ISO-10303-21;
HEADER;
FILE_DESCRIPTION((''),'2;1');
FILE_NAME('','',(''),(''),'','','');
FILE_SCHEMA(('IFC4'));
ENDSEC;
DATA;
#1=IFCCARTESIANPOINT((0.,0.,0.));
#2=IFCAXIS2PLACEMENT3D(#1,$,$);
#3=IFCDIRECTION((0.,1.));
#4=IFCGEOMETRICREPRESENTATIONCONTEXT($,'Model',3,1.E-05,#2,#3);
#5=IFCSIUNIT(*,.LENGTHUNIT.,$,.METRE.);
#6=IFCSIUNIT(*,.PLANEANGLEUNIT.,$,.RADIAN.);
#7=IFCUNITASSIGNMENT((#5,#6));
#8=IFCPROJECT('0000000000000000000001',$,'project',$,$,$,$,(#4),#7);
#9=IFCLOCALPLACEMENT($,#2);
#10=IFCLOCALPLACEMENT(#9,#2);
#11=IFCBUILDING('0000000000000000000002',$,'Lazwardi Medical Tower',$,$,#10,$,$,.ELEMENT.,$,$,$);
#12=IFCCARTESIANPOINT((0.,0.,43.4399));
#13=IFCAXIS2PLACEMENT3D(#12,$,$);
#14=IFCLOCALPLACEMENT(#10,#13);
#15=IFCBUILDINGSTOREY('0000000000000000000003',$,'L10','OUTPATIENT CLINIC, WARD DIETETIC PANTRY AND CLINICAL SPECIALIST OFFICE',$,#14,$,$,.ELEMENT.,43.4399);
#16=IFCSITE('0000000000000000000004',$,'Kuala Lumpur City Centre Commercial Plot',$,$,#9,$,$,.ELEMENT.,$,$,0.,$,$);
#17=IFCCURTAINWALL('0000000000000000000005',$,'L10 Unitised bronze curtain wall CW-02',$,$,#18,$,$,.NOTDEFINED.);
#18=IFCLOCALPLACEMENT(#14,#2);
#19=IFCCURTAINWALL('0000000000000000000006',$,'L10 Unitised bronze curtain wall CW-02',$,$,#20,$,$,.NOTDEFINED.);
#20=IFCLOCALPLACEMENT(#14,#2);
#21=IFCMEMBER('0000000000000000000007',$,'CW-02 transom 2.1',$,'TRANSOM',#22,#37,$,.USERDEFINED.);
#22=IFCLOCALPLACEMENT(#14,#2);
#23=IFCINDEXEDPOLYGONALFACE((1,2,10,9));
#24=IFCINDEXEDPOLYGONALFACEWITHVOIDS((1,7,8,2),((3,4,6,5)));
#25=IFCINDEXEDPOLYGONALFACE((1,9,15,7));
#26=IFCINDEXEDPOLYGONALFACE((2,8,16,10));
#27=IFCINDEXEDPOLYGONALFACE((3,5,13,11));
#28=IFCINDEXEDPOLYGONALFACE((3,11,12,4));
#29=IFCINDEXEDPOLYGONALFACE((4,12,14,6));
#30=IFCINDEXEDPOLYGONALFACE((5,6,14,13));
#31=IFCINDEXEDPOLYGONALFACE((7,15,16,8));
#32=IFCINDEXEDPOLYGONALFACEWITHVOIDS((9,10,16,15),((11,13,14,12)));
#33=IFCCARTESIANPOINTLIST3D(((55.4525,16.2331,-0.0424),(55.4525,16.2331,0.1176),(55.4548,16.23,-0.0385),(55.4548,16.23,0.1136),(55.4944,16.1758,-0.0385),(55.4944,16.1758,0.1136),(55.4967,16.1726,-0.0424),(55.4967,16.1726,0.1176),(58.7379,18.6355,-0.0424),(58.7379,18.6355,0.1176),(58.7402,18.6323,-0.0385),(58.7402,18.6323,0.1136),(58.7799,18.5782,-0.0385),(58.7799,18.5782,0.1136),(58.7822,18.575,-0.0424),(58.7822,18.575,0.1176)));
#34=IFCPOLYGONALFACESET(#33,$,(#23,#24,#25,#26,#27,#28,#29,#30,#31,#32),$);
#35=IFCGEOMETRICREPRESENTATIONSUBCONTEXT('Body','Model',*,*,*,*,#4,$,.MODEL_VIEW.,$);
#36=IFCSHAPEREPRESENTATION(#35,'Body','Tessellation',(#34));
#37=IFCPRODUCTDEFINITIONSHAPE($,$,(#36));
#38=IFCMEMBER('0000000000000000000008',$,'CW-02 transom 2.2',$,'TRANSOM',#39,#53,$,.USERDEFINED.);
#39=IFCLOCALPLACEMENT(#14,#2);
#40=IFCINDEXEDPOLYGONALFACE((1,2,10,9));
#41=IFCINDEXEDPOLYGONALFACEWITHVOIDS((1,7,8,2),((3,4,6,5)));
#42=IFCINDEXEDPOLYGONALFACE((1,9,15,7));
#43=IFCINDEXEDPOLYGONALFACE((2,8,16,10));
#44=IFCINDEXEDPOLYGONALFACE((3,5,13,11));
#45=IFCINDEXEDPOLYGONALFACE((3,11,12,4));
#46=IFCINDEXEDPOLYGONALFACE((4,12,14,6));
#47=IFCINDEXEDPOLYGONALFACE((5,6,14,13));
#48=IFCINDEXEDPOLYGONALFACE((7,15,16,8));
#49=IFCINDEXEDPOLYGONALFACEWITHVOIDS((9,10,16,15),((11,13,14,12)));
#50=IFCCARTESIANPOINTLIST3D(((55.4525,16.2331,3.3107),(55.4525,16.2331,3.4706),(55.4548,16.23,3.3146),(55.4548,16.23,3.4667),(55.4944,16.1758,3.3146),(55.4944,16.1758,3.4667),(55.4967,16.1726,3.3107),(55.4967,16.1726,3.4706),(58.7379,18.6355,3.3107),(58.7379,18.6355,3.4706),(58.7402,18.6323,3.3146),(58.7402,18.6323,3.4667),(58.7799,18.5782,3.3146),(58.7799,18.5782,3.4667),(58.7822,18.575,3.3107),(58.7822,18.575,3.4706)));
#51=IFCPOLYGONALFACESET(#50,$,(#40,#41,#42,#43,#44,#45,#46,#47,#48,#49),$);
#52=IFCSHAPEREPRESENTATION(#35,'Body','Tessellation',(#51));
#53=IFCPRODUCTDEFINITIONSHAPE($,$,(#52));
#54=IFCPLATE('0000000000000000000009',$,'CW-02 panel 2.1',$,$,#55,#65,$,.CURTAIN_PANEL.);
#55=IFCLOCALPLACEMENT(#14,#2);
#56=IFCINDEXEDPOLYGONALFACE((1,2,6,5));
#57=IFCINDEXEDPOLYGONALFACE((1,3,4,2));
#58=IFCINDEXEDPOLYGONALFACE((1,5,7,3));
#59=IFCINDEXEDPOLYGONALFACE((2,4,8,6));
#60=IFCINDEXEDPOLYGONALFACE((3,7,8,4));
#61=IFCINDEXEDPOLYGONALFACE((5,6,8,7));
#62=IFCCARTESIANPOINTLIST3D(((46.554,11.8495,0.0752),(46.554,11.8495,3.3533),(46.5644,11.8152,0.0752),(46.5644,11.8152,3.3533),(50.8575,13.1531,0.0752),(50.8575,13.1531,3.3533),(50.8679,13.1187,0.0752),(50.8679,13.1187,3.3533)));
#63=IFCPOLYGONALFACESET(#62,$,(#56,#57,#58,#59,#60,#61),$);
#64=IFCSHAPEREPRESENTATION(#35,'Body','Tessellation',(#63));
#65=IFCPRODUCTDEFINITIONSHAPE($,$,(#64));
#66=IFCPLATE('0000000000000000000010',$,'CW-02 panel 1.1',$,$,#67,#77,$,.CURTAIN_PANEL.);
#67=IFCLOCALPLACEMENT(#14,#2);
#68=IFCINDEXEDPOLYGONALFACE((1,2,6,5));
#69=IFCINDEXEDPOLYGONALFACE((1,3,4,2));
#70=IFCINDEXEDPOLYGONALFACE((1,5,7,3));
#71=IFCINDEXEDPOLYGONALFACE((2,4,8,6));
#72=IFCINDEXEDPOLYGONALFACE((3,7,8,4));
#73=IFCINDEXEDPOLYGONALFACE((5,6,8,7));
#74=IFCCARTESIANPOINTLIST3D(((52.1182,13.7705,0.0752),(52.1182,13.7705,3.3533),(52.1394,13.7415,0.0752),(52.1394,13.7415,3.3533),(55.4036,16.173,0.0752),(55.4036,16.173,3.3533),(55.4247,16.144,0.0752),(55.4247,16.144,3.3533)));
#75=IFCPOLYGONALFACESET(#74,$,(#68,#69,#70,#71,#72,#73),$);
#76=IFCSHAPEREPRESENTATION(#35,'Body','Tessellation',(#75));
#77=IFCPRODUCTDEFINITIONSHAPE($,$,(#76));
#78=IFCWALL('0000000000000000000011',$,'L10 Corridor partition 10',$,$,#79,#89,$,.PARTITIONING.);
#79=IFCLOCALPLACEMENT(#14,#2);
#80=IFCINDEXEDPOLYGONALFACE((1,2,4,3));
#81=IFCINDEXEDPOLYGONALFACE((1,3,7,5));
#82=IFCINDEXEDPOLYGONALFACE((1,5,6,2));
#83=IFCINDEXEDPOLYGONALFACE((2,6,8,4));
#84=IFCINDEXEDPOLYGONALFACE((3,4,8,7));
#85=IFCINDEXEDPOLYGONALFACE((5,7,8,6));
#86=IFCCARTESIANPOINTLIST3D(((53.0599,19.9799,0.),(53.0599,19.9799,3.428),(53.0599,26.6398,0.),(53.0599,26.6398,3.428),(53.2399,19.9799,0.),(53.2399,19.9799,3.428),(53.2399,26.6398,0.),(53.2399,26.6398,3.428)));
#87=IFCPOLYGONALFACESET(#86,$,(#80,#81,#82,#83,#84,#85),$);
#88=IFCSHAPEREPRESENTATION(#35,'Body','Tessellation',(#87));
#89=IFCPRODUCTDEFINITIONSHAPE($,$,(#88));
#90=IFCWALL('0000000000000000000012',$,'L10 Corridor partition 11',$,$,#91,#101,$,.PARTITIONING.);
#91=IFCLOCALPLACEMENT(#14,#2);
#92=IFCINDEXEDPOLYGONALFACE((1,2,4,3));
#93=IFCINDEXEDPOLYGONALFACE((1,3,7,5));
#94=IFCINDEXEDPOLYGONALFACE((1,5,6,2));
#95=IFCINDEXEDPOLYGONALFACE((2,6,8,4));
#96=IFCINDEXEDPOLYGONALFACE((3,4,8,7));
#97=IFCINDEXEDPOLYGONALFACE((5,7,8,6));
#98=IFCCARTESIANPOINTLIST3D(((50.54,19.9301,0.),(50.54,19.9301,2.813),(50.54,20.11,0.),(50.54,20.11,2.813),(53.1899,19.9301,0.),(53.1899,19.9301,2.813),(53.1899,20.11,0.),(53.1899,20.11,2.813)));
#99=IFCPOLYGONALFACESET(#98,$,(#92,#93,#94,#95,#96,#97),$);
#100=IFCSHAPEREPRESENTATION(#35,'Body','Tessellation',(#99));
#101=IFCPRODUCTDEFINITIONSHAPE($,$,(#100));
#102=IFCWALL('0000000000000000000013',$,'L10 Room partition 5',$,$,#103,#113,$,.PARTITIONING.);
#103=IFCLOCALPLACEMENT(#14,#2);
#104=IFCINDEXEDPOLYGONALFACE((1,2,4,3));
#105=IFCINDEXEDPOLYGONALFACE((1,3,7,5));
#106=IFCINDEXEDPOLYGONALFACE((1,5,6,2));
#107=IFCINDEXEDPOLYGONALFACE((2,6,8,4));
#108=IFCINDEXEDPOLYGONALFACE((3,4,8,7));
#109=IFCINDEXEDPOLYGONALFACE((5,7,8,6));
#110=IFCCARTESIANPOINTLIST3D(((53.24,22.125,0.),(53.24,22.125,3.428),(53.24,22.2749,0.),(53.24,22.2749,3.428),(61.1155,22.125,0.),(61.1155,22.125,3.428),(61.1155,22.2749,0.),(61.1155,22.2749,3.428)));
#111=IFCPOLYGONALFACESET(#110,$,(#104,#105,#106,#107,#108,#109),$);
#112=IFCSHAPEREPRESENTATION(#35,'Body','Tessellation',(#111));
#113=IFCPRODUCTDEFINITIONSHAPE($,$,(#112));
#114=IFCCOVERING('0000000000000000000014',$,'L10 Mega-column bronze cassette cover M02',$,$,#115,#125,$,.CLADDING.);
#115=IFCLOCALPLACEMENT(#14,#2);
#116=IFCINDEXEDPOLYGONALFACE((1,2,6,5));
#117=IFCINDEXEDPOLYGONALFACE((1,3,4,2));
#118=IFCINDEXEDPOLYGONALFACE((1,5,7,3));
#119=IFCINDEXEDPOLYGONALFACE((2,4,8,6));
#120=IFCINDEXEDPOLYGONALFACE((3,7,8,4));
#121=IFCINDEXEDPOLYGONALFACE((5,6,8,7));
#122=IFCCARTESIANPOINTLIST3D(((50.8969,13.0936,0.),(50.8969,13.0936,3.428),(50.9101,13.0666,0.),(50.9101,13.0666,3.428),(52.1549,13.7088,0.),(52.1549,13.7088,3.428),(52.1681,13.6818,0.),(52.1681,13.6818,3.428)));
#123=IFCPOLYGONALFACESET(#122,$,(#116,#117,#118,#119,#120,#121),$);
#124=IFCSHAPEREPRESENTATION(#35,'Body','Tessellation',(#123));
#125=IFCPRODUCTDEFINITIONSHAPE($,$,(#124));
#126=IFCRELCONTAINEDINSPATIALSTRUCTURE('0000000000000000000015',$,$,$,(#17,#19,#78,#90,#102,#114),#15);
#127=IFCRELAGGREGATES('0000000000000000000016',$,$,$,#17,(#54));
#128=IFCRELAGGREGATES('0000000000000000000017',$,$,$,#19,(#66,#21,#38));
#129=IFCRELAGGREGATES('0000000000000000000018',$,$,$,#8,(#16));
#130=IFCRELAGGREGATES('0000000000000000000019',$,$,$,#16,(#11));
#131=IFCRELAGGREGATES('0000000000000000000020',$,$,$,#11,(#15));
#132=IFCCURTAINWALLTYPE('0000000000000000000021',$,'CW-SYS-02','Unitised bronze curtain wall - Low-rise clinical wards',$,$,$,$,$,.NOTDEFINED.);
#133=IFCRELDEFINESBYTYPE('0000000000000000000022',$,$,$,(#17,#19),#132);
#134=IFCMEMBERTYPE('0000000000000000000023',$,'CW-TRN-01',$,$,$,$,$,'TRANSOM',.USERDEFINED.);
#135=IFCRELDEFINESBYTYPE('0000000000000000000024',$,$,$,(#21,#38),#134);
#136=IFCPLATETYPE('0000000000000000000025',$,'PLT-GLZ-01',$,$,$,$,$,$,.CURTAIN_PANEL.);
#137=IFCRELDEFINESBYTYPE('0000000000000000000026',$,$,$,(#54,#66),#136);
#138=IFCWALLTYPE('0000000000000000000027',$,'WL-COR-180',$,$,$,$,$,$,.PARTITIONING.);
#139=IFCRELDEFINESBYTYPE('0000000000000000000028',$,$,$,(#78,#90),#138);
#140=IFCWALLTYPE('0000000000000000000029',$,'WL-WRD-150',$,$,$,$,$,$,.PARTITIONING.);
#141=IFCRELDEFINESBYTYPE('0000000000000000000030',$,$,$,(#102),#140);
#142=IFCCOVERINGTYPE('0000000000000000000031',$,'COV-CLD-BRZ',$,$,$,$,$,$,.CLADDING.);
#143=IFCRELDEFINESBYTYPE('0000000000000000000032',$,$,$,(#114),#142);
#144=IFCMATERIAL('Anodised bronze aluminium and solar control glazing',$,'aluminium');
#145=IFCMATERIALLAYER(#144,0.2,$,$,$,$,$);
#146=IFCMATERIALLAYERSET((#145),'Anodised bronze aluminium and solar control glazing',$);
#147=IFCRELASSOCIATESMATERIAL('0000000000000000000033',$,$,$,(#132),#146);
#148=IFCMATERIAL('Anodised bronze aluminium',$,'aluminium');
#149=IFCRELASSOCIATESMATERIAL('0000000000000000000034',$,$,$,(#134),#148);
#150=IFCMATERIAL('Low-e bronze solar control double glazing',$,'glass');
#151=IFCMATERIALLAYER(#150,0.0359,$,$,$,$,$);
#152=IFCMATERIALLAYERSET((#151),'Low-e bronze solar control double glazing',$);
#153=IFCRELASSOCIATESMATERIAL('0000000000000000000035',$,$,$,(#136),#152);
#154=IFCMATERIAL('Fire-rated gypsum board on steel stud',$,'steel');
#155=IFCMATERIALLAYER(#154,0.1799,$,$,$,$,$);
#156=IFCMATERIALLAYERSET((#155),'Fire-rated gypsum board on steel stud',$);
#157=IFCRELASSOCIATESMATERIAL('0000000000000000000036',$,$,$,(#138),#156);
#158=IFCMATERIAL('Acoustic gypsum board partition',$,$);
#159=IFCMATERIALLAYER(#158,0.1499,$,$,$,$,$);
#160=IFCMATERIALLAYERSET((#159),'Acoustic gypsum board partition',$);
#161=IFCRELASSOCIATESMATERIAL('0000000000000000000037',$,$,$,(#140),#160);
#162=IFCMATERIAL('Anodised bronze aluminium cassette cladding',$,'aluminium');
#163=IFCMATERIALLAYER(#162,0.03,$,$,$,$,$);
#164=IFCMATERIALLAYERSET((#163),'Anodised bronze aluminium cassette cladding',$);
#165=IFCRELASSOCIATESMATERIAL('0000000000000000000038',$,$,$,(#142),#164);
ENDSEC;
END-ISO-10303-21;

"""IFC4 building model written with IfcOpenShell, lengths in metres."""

from ifc_helpers import new_model, si_unit, direction, frame, frame_2d, origin, origin_2d, place, context, subcontext, project, spatial, rectangle, hollow_rectangle, extrude, material, layer, layer_set, material_profile, profile_set, type_object, element, aggregate, save


model = new_model("IFC4")

# Units and contexts
model_context = context("Model", 3, precision=1e-05, world=origin(), true_north=direction((0.0, 1.0)))
body_context = subcontext(model_context, "Body", "Model", "MODEL_VIEW")
ifc_project = project(units=[si_unit("LENGTHUNIT", "METRE"), si_unit("PLANEANGLEUNIT", "RADIAN")], contexts=[model_context])

# Site, building, storey
site_placement = place(None, origin())
site = spatial("IfcSite", under=ifc_project, at=site_placement, Name="Kuala Lumpur City Centre Commercial Plot", CompositionType="ELEMENT", RefElevation=0.0)
building_placement = place(site_placement, origin())
building = spatial("IfcBuilding", under=site, at=building_placement, Name="Lazwardi Medical Tower", CompositionType="ELEMENT")
storey_placement = place(building_placement, frame((0.0, 0.0, 43.4399)))
storey = spatial("IfcBuildingStorey", under=building, at=storey_placement, Name="L10", Description="OUTPATIENT CLINIC, WARD DIETETIC PANTRY AND CLINICAL SPECIALIST OFFICE", CompositionType="ELEMENT", Elevation=43.4399)

# Curtain wall
ifc_material_1 = material(Name="Anodised bronze aluminium and solar control glazing", Category="aluminium")
ifc_layer_1 = layer(ifc_material_1, 0.2)
ifc_layer_set_1 = layer_set([ifc_layer_1], Name="Anodised bronze aluminium and solar control glazing")
curtain_wall_type = type_object("IfcCurtainWallType", Name="CW-SYS-02", Description="Unitised bronze curtain wall - Low-rise clinical wards", PredefinedType="NOTDEFINED", material=ifc_layer_set_1)
curtain_wall_1_placement = place(storey_placement, origin())
curtain_wall_1 = element("IfcCurtainWall", 1, at=curtain_wall_1_placement, inside=storey, type_object=curtain_wall_type, Name="L10 Unitised bronze curtain wall CW-02", PredefinedType="NOTDEFINED")
ifc_material_2 = material(Name="Anodised bronze aluminium", Category="aluminium")

# Curtain wall
curtain_wall_2_placement = place(storey_placement, origin())
curtain_wall_2 = element("IfcCurtainWall", 2, at=curtain_wall_2_placement, inside=storey, type_object=curtain_wall_type, Name="L10 Unitised bronze curtain wall CW-02", PredefinedType="NOTDEFINED")

# Members
ifc_material_profile_1 = material_profile(ifc_material_2, hollow_rectangle(XDim=0.075, YDim=0.1599, WallThickness=0.0039, at=origin_2d()), Name="ALU-TRANSOM 160x75x4")
ifc_profile_set_1 = profile_set([ifc_material_profile_1], Name="Anodised bronze aluminium")
member_type_1 = type_object("IfcMemberType", Name="CW-TRN-01", ElementType="TRANSOM", PredefinedType="USERDEFINED", material=ifc_profile_set_1)
member_1_placement = place(storey_placement, frame((55.4746, 16.2029, 0.0376), z_axis=(0.807219, 0.590253, 0.0), x_axis=(-0.590253, 0.807219, 0.0)))
member_1 = element("IfcMember", 3, at=member_1_placement, type_object=member_type_1, Name="CW-02 transom 2.1", ObjectType="TRANSOM", PredefinedType="USERDEFINED", context=body_context, shape_type="SweptSolid", body=[
    extrude(hollow_rectangle(XDim=0.075, YDim=0.1599, WallThickness=0.0039, at=origin_2d()), origin(), (0.0, 0.0, 1.0), 4.0701),
])
member_2_placement = place(storey_placement, frame((55.4746, 16.2029, 3.3906), z_axis=(0.807219, 0.590253, 0.0), x_axis=(-0.590253, 0.807219, 0.0)))
member_2 = element("IfcMember", 4, at=member_2_placement, type_object=member_type_1, Name="CW-02 transom 2.2", ObjectType="TRANSOM", PredefinedType="USERDEFINED", context=body_context, shape_type="SweptSolid", body=[
    extrude(hollow_rectangle(XDim=0.075, YDim=0.1599, WallThickness=0.0039, at=origin_2d()), origin(), (0.0, 0.0, 1.0), 4.0701),
])

# Plates
ifc_material_3 = material(Name="Low-e bronze solar control double glazing", Category="glass")
ifc_layer_2 = layer(ifc_material_3, 0.0359)
ifc_layer_set_2 = layer_set([ifc_layer_2], Name="Low-e bronze solar control double glazing")
plate_type = type_object("IfcPlateType", Name="PLT-GLZ-01", PredefinedType="CURTAIN_PANEL", material=ifc_layer_set_2)
plate_1_placement = place(storey_placement, frame((48.7109, 12.4841, 0.0752), z_axis=(0.0, 0.0, 1.0), x_axis=(0.957058, 0.289896, 0.0)))
plate_1 = element("IfcPlate", 5, at=plate_1_placement, type_object=plate_type, Name="CW-02 panel 2.1", PredefinedType="CURTAIN_PANEL", context=body_context, shape_type="SweptSolid", body=[
    extrude(rectangle(XDim=4.4966, YDim=0.0359, at=origin_2d()), origin(), (0.0, 0.0, 1.0), 3.2781),
])
aggregate(curtain_wall_1, [plate_1])
plate_2_placement = place(storey_placement, frame((53.7715, 14.9573, 0.0752), z_axis=(0.0, 0.0, 1.0), x_axis=(0.807192, 0.590289, 0.0)))
plate_2 = element("IfcPlate", 6, at=plate_2_placement, type_object=plate_type, Name="CW-02 panel 1.1", PredefinedType="CURTAIN_PANEL", context=body_context, shape_type="SweptSolid", body=[
    extrude(rectangle(XDim=4.0701, YDim=0.0359, at=origin_2d()), origin(), (0.0, 0.0, 1.0), 3.2781),
])
aggregate(curtain_wall_2, [plate_2, member_1, member_2])

# Walls
ifc_material_4 = material(Name="Fire-rated gypsum board on steel stud", Category="steel")
ifc_layer_3 = layer(ifc_material_4, 0.1799)
ifc_layer_set_3 = layer_set([ifc_layer_3], Name="Fire-rated gypsum board on steel stud")
wall_type_1 = type_object("IfcWallType", Name="WL-COR-180", PredefinedType="PARTITIONING", material=ifc_layer_set_3)
wall_1_placement = place(storey_placement, frame((53.1499, 26.6399, 0.0), z_axis=(0.0, 0.0, 1.0), x_axis=(0.0, -1.0, 0.0)))
element("IfcWall", 7, at=wall_1_placement, inside=storey, type_object=wall_type_1, Name="L10 Corridor partition 10", PredefinedType="PARTITIONING", context=body_context, shape_type="SweptSolid", body=[
    extrude(rectangle(XDim=6.6599, YDim=0.1799, at=frame_2d((3.3301, 0.0))), origin(), (0.0, 0.0, 1.0), 3.428),
])
wall_2_placement = place(storey_placement, frame((53.1899, 20.02, 0.0), z_axis=(0.0, 0.0, 1.0), x_axis=(-1.0, 0.0, 0.0)))
element("IfcWall", 8, at=wall_2_placement, inside=storey, type_object=wall_type_1, Name="L10 Corridor partition 11", PredefinedType="PARTITIONING", context=body_context, shape_type="SweptSolid", body=[
    extrude(rectangle(XDim=2.6499, YDim=0.1799, at=frame_2d((1.325, 0.0))), origin(), (0.0, 0.0, 1.0), 2.813),
])
ifc_material_5 = material(Name="Acoustic gypsum board partition")
ifc_layer_4 = layer(ifc_material_5, 0.1499)
ifc_layer_set_4 = layer_set([ifc_layer_4], Name="Acoustic gypsum board partition")
wall_type_2 = type_object("IfcWallType", Name="WL-WRD-150", PredefinedType="PARTITIONING", material=ifc_layer_set_4)
wall_3_placement = place(storey_placement, frame((53.24, 22.2, 0.0), z_axis=(0.0, 0.0, 1.0), x_axis=(1.0, 0.0, 0.0)))
element("IfcWall", 9, at=wall_3_placement, inside=storey, type_object=wall_type_2, Name="L10 Room partition 5", PredefinedType="PARTITIONING", context=body_context, shape_type="SweptSolid", body=[
    extrude(rectangle(XDim=7.8755, YDim=0.1499, at=frame_2d((3.9377, 0.0))), origin(), (0.0, 0.0, 1.0), 3.428),
])

# Covering
ifc_material_6 = material(Name="Anodised bronze aluminium cassette cladding", Category="aluminium")
ifc_layer_5 = layer(ifc_material_6, 0.03)
ifc_layer_set_5 = layer_set([ifc_layer_5], Name="Anodised bronze aluminium cassette cladding")
covering_type = type_object("IfcCoveringType", Name="COV-CLD-BRZ", PredefinedType="CLADDING", material=ifc_layer_set_5)
covering_placement = place(storey_placement, frame((51.5325, 13.3877, 0.0), z_axis=(0.0, 0.0, 1.0), x_axis=(0.898334, 0.439312, 0.0)))
element("IfcCovering", 10, at=covering_placement, inside=storey, type_object=covering_type, Name="L10 Mega-column bronze cassette cover M02", PredefinedType="CLADDING", context=body_context, shape_type="SweptSolid", body=[
    extrude(rectangle(XDim=1.4004, YDim=0.03, at=origin_2d()), origin(), (0.0, 0.0, 1.0), 3.428),
])

save(model, "model.ifc")
